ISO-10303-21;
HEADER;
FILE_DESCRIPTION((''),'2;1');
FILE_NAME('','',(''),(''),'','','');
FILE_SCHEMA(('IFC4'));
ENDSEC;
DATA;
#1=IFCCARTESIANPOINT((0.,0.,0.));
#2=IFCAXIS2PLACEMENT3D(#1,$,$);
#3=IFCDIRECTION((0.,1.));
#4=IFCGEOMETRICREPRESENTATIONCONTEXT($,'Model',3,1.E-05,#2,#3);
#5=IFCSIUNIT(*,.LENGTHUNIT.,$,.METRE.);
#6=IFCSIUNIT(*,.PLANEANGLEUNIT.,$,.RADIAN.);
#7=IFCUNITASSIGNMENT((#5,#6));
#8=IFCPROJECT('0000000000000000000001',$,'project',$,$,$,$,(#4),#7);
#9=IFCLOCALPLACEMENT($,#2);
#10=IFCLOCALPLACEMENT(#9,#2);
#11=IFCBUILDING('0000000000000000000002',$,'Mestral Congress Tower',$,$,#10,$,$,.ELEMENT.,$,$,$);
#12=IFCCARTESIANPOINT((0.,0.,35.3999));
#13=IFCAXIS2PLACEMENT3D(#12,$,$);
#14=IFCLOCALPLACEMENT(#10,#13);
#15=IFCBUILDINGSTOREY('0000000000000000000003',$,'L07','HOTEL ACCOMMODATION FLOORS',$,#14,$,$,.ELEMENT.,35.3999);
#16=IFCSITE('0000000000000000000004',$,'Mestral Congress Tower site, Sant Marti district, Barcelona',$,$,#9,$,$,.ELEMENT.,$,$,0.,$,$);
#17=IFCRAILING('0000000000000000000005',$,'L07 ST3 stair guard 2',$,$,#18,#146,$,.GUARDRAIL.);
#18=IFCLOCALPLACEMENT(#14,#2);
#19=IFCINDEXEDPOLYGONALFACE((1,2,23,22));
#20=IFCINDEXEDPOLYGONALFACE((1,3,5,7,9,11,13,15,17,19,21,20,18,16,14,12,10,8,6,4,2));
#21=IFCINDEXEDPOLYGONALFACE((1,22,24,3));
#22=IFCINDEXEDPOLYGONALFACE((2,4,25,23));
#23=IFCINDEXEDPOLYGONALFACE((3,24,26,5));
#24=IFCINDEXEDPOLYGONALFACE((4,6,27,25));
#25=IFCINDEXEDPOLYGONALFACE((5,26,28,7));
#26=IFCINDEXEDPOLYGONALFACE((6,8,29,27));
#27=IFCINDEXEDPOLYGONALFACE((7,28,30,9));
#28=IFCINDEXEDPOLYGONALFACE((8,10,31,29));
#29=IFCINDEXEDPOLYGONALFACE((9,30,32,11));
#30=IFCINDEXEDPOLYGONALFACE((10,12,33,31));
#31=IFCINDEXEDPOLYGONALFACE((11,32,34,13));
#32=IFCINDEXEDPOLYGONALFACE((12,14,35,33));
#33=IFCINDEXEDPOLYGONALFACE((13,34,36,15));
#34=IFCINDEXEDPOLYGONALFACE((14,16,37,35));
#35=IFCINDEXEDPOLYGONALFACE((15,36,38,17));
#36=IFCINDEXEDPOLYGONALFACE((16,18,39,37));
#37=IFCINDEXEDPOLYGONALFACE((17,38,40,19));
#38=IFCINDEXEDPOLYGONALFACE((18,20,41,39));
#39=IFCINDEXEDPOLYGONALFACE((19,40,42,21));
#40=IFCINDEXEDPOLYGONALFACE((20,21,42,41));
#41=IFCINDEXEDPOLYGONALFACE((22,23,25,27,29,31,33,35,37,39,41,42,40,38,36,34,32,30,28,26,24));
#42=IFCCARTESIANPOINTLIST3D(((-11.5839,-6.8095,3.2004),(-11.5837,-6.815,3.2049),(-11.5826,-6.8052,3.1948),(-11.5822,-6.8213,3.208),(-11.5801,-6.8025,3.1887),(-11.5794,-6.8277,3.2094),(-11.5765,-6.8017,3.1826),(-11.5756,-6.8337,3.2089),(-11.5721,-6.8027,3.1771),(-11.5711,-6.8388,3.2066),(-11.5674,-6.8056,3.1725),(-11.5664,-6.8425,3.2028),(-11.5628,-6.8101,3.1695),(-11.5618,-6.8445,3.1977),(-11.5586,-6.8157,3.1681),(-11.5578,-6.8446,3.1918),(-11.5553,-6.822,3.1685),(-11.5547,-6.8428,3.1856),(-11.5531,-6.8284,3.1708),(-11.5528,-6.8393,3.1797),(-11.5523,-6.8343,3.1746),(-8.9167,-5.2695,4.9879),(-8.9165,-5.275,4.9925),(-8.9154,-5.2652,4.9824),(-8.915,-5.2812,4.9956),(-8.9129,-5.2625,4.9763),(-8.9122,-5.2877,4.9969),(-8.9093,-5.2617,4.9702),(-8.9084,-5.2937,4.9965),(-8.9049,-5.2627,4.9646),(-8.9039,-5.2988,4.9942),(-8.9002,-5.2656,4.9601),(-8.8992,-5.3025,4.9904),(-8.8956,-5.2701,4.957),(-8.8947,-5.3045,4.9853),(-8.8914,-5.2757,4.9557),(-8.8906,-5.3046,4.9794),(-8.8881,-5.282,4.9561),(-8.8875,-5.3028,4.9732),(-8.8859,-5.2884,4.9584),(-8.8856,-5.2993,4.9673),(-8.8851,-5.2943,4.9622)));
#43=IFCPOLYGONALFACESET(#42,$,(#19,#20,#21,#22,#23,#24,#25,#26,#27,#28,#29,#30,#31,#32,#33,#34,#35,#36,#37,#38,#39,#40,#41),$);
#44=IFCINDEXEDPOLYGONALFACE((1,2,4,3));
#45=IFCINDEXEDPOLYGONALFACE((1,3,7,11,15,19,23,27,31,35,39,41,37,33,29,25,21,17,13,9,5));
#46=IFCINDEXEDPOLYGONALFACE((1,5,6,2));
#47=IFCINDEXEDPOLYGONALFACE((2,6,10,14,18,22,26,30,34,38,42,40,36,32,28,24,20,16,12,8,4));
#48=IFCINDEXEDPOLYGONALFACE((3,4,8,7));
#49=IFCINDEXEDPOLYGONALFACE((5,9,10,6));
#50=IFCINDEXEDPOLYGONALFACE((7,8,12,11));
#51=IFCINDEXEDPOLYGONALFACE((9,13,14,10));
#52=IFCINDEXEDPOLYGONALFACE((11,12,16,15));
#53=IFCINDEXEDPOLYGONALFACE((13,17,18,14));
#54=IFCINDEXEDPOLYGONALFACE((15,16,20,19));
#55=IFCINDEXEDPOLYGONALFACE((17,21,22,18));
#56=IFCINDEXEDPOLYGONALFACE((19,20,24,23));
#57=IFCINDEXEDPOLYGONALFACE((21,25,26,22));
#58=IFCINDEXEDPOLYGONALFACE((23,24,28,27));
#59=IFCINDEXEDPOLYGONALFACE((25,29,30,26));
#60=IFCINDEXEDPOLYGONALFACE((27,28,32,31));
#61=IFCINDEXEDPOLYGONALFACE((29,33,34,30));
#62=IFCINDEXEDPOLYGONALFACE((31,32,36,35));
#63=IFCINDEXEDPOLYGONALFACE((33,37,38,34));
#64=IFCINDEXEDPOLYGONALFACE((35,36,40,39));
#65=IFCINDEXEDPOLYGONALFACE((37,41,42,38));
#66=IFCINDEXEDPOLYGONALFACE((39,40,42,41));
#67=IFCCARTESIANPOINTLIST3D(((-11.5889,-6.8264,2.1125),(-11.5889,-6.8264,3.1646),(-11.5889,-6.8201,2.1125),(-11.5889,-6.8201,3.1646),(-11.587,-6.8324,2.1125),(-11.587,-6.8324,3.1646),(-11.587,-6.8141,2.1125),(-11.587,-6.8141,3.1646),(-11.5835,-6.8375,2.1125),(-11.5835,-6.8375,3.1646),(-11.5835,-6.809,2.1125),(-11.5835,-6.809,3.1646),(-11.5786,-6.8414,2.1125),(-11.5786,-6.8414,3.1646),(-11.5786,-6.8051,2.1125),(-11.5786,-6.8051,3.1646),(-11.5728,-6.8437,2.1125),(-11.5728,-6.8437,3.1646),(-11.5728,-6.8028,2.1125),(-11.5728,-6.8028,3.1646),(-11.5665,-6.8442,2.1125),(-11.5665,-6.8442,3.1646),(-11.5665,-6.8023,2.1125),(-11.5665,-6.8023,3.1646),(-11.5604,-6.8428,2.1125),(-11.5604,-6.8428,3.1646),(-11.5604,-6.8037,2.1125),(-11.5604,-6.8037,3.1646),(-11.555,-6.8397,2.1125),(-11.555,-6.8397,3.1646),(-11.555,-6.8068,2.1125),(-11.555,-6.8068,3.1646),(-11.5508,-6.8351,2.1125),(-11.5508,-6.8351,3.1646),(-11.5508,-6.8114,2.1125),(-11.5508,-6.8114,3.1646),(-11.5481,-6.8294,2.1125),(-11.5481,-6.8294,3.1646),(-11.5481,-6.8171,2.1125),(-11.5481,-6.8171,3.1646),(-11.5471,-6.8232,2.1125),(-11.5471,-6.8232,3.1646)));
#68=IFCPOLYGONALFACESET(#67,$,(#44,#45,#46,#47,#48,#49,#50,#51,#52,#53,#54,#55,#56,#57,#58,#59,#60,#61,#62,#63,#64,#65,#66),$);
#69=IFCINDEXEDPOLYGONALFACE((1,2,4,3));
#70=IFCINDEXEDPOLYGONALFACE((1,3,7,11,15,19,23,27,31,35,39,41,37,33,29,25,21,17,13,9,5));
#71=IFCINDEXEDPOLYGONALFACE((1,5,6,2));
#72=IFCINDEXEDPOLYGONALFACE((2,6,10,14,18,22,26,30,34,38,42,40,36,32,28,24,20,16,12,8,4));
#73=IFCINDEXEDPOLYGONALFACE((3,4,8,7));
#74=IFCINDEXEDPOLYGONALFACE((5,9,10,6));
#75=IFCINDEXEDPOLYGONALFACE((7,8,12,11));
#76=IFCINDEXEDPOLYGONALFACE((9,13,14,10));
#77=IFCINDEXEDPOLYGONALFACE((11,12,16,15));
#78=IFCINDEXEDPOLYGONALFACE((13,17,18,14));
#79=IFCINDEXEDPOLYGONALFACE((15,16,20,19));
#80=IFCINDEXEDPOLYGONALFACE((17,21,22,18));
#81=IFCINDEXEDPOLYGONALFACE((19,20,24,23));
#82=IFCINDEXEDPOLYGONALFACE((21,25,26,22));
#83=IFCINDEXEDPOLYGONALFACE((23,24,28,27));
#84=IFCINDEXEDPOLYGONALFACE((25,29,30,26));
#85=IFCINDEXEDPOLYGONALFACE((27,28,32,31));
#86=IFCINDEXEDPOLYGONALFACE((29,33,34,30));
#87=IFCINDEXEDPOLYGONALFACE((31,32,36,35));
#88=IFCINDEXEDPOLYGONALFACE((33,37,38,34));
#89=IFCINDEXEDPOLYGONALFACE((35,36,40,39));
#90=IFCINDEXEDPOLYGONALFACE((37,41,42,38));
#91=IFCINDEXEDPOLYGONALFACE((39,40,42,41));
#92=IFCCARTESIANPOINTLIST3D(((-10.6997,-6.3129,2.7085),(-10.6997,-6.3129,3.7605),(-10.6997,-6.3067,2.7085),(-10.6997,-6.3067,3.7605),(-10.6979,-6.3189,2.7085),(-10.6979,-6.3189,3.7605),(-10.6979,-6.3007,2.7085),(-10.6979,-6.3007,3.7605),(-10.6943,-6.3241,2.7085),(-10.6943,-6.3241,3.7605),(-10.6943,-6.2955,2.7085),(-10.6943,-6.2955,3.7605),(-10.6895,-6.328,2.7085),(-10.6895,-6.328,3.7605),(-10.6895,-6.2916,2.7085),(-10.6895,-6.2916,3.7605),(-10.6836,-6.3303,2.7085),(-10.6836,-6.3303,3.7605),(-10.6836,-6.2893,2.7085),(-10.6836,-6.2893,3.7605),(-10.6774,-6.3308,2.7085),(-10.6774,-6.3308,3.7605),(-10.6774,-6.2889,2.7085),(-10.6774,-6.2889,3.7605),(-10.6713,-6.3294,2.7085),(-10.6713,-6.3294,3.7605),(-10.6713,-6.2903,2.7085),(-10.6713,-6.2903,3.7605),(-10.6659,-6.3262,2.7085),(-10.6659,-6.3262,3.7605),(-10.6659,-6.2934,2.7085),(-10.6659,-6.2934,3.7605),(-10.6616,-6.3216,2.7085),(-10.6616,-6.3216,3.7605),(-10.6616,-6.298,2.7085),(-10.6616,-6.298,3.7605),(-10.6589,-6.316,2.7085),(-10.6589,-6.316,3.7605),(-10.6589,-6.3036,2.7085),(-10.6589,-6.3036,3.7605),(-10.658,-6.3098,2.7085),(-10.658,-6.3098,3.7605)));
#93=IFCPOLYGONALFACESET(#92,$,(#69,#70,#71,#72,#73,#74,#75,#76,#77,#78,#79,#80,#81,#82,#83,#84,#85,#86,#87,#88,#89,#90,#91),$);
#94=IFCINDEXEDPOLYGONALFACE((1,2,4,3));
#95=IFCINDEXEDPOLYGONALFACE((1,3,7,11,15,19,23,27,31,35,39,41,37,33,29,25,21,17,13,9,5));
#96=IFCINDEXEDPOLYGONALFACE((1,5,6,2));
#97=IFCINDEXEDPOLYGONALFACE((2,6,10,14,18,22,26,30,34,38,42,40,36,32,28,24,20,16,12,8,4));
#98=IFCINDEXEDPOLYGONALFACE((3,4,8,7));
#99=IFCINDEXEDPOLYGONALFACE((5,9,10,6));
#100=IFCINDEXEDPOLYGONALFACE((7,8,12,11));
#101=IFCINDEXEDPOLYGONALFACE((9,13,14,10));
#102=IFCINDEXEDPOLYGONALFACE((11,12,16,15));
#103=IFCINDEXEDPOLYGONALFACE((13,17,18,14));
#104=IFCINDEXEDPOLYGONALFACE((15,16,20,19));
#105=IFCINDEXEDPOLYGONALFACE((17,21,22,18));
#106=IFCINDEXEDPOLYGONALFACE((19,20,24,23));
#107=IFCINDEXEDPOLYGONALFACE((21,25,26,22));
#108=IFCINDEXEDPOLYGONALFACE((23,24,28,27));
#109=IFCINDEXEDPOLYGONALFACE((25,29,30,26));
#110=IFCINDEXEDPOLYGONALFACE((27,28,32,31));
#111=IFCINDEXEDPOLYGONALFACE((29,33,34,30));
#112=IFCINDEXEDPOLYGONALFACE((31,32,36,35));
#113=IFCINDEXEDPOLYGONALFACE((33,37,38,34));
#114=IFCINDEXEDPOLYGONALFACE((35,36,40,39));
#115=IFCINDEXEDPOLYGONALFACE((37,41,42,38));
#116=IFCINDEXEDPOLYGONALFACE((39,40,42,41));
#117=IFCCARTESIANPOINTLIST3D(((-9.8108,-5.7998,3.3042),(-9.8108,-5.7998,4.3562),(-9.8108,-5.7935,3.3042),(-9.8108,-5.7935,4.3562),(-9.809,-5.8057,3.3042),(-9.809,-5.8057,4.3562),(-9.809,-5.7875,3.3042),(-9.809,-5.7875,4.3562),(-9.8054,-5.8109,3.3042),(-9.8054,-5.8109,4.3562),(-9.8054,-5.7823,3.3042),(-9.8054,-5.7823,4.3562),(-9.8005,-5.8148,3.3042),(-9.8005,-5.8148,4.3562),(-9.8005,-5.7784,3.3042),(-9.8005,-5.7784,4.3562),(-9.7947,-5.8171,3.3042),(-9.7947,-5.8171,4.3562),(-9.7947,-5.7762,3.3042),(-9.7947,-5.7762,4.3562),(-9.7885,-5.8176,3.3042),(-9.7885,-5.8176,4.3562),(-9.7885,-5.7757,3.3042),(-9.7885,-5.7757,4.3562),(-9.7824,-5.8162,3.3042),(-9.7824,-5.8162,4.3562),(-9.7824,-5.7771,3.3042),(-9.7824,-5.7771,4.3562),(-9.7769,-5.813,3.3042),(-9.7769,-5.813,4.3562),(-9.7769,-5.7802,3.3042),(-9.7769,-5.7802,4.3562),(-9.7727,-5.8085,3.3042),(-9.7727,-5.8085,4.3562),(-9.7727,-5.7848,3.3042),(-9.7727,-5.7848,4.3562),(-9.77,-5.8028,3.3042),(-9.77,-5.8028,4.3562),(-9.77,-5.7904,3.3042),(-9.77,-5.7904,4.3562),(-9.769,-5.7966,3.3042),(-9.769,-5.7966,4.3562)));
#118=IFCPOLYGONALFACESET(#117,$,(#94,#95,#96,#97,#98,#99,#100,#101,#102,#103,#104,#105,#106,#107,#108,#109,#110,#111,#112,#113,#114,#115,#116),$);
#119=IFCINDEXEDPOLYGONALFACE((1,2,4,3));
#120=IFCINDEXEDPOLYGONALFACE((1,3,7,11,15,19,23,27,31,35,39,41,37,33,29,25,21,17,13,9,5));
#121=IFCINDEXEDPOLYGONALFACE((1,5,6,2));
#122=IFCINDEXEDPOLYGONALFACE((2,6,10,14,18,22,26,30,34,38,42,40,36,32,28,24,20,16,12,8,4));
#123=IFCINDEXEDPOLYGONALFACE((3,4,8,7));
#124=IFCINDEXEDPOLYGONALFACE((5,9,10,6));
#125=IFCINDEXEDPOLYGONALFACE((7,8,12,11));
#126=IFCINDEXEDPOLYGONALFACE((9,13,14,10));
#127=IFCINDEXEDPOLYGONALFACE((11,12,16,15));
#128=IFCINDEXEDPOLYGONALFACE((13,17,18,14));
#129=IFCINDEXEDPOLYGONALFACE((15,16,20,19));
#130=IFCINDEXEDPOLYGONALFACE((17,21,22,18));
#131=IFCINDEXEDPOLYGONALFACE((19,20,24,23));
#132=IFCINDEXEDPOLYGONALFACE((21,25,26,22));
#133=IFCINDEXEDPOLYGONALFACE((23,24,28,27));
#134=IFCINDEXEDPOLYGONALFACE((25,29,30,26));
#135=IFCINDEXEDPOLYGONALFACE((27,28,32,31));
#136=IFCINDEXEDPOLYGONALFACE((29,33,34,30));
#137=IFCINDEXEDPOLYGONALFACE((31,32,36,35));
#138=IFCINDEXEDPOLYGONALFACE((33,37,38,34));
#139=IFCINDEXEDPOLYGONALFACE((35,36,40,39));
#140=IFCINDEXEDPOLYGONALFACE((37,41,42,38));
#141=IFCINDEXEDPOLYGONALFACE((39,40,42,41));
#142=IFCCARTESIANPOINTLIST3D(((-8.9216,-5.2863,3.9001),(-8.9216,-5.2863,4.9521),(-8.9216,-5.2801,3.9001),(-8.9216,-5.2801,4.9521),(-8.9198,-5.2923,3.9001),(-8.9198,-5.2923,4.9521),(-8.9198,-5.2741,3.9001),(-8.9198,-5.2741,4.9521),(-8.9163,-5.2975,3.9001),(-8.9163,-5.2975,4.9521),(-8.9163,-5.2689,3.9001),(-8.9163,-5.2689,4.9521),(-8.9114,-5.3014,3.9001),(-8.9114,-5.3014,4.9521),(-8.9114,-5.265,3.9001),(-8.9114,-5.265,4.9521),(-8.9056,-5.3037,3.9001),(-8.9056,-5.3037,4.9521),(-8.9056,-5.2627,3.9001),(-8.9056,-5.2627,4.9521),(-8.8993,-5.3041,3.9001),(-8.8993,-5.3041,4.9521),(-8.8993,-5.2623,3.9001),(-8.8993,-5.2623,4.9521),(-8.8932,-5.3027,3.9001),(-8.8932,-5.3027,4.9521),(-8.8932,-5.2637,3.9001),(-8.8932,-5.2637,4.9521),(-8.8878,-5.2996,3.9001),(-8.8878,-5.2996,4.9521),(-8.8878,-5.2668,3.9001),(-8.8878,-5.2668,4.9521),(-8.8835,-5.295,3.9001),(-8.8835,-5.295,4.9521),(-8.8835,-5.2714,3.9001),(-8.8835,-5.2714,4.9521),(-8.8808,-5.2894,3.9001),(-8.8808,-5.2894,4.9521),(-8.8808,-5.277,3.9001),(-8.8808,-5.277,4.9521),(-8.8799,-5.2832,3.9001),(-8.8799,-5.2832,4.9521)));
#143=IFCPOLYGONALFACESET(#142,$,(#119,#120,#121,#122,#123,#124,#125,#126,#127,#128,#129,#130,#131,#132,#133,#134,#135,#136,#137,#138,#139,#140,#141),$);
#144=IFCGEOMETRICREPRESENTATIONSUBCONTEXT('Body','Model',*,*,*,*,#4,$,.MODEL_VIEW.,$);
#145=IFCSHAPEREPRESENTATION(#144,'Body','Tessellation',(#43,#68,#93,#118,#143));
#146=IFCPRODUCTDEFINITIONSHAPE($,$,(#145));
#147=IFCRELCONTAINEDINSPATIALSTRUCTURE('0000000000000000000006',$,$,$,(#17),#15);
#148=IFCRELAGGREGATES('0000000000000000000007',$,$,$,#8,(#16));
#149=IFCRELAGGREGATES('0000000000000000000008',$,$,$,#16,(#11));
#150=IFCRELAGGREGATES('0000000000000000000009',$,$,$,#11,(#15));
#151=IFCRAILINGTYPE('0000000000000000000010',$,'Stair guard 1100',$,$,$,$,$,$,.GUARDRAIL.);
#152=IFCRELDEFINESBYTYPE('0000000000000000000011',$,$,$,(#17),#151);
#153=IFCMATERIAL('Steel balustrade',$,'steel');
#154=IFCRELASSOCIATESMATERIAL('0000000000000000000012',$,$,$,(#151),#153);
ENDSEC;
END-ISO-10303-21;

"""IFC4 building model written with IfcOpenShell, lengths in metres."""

from ifc_helpers import new_model, si_unit, direction, frame, origin, origin_2d, place, context, subcontext, project, spatial, circle, extrude, material, type_object, element, save


model = new_model("IFC4")

# Units and contexts
model_context = context("Model", 3, precision=1e-05, world=origin(), true_north=direction((0.0, 1.0)))
body_context = subcontext(model_context, "Body", "Model", "MODEL_VIEW")
ifc_project = project(units=[si_unit("LENGTHUNIT", "METRE"), si_unit("PLANEANGLEUNIT", "RADIAN")], contexts=[model_context])

# Site, building, storey
site_placement = place(None, origin())
site = spatial("IfcSite", under=ifc_project, at=site_placement, Name="Mestral Congress Tower site, Sant Marti district, Barcelona", CompositionType="ELEMENT", RefElevation=0.0)
building_placement = place(site_placement, origin())
building = spatial("IfcBuilding", under=site, at=building_placement, Name="Mestral Congress Tower", CompositionType="ELEMENT")
storey_placement = place(building_placement, frame((0.0, 0.0, 35.3999)))
storey = spatial("IfcBuildingStorey", under=building, at=storey_placement, Name="L07", Description="HOTEL ACCOMMODATION FLOORS", CompositionType="ELEMENT", Elevation=35.3999)

# Railing
ifc_material_1 = material(Name="Steel balustrade", Category="steel")
railing_type_1 = type_object("IfcRailingType", Name="Stair guard 1100", PredefinedType="GUARDRAIL", material=ifc_material_1)
railing_1_placement = place(storey_placement, frame((-11.5681, -6.8232, 2.1125)))
element("IfcRailing", 1, at=railing_1_placement, inside=storey, type_object=railing_type_1, Name="L07 ST3 stair guard 2", PredefinedType="GUARDRAIL", context=body_context, shape_type="SweptSolid", body=[
    extrude(circle(Radius=0.0239, at=origin_2d()), frame((0.0, 0.0, 1.0762), z_axis=(0.748994, 0.432463, 0.50198), x_axis=(-0.500027, 0.86601, 0.0)), (0.0, 0.0, 1.0), 3.561),
    extrude(circle(Radius=0.021, at=origin_2d()), origin(), (0.0, 0.0, 1.0), 1.052),
    extrude(circle(Radius=0.021, at=origin_2d()), frame((0.8892, 0.5134, 0.5959)), (0.0, 0.0, 1.0), 1.052),
    extrude(circle(Radius=0.021, at=origin_2d()), frame((1.7781, 1.0266, 1.1917)), (0.0, 0.0, 1.0), 1.052),
    extrude(circle(Radius=0.021, at=origin_2d()), frame((2.6672, 1.54, 1.7876)), (0.0, 0.0, 1.0), 1.052),
])

save(model, "model.ifc")
